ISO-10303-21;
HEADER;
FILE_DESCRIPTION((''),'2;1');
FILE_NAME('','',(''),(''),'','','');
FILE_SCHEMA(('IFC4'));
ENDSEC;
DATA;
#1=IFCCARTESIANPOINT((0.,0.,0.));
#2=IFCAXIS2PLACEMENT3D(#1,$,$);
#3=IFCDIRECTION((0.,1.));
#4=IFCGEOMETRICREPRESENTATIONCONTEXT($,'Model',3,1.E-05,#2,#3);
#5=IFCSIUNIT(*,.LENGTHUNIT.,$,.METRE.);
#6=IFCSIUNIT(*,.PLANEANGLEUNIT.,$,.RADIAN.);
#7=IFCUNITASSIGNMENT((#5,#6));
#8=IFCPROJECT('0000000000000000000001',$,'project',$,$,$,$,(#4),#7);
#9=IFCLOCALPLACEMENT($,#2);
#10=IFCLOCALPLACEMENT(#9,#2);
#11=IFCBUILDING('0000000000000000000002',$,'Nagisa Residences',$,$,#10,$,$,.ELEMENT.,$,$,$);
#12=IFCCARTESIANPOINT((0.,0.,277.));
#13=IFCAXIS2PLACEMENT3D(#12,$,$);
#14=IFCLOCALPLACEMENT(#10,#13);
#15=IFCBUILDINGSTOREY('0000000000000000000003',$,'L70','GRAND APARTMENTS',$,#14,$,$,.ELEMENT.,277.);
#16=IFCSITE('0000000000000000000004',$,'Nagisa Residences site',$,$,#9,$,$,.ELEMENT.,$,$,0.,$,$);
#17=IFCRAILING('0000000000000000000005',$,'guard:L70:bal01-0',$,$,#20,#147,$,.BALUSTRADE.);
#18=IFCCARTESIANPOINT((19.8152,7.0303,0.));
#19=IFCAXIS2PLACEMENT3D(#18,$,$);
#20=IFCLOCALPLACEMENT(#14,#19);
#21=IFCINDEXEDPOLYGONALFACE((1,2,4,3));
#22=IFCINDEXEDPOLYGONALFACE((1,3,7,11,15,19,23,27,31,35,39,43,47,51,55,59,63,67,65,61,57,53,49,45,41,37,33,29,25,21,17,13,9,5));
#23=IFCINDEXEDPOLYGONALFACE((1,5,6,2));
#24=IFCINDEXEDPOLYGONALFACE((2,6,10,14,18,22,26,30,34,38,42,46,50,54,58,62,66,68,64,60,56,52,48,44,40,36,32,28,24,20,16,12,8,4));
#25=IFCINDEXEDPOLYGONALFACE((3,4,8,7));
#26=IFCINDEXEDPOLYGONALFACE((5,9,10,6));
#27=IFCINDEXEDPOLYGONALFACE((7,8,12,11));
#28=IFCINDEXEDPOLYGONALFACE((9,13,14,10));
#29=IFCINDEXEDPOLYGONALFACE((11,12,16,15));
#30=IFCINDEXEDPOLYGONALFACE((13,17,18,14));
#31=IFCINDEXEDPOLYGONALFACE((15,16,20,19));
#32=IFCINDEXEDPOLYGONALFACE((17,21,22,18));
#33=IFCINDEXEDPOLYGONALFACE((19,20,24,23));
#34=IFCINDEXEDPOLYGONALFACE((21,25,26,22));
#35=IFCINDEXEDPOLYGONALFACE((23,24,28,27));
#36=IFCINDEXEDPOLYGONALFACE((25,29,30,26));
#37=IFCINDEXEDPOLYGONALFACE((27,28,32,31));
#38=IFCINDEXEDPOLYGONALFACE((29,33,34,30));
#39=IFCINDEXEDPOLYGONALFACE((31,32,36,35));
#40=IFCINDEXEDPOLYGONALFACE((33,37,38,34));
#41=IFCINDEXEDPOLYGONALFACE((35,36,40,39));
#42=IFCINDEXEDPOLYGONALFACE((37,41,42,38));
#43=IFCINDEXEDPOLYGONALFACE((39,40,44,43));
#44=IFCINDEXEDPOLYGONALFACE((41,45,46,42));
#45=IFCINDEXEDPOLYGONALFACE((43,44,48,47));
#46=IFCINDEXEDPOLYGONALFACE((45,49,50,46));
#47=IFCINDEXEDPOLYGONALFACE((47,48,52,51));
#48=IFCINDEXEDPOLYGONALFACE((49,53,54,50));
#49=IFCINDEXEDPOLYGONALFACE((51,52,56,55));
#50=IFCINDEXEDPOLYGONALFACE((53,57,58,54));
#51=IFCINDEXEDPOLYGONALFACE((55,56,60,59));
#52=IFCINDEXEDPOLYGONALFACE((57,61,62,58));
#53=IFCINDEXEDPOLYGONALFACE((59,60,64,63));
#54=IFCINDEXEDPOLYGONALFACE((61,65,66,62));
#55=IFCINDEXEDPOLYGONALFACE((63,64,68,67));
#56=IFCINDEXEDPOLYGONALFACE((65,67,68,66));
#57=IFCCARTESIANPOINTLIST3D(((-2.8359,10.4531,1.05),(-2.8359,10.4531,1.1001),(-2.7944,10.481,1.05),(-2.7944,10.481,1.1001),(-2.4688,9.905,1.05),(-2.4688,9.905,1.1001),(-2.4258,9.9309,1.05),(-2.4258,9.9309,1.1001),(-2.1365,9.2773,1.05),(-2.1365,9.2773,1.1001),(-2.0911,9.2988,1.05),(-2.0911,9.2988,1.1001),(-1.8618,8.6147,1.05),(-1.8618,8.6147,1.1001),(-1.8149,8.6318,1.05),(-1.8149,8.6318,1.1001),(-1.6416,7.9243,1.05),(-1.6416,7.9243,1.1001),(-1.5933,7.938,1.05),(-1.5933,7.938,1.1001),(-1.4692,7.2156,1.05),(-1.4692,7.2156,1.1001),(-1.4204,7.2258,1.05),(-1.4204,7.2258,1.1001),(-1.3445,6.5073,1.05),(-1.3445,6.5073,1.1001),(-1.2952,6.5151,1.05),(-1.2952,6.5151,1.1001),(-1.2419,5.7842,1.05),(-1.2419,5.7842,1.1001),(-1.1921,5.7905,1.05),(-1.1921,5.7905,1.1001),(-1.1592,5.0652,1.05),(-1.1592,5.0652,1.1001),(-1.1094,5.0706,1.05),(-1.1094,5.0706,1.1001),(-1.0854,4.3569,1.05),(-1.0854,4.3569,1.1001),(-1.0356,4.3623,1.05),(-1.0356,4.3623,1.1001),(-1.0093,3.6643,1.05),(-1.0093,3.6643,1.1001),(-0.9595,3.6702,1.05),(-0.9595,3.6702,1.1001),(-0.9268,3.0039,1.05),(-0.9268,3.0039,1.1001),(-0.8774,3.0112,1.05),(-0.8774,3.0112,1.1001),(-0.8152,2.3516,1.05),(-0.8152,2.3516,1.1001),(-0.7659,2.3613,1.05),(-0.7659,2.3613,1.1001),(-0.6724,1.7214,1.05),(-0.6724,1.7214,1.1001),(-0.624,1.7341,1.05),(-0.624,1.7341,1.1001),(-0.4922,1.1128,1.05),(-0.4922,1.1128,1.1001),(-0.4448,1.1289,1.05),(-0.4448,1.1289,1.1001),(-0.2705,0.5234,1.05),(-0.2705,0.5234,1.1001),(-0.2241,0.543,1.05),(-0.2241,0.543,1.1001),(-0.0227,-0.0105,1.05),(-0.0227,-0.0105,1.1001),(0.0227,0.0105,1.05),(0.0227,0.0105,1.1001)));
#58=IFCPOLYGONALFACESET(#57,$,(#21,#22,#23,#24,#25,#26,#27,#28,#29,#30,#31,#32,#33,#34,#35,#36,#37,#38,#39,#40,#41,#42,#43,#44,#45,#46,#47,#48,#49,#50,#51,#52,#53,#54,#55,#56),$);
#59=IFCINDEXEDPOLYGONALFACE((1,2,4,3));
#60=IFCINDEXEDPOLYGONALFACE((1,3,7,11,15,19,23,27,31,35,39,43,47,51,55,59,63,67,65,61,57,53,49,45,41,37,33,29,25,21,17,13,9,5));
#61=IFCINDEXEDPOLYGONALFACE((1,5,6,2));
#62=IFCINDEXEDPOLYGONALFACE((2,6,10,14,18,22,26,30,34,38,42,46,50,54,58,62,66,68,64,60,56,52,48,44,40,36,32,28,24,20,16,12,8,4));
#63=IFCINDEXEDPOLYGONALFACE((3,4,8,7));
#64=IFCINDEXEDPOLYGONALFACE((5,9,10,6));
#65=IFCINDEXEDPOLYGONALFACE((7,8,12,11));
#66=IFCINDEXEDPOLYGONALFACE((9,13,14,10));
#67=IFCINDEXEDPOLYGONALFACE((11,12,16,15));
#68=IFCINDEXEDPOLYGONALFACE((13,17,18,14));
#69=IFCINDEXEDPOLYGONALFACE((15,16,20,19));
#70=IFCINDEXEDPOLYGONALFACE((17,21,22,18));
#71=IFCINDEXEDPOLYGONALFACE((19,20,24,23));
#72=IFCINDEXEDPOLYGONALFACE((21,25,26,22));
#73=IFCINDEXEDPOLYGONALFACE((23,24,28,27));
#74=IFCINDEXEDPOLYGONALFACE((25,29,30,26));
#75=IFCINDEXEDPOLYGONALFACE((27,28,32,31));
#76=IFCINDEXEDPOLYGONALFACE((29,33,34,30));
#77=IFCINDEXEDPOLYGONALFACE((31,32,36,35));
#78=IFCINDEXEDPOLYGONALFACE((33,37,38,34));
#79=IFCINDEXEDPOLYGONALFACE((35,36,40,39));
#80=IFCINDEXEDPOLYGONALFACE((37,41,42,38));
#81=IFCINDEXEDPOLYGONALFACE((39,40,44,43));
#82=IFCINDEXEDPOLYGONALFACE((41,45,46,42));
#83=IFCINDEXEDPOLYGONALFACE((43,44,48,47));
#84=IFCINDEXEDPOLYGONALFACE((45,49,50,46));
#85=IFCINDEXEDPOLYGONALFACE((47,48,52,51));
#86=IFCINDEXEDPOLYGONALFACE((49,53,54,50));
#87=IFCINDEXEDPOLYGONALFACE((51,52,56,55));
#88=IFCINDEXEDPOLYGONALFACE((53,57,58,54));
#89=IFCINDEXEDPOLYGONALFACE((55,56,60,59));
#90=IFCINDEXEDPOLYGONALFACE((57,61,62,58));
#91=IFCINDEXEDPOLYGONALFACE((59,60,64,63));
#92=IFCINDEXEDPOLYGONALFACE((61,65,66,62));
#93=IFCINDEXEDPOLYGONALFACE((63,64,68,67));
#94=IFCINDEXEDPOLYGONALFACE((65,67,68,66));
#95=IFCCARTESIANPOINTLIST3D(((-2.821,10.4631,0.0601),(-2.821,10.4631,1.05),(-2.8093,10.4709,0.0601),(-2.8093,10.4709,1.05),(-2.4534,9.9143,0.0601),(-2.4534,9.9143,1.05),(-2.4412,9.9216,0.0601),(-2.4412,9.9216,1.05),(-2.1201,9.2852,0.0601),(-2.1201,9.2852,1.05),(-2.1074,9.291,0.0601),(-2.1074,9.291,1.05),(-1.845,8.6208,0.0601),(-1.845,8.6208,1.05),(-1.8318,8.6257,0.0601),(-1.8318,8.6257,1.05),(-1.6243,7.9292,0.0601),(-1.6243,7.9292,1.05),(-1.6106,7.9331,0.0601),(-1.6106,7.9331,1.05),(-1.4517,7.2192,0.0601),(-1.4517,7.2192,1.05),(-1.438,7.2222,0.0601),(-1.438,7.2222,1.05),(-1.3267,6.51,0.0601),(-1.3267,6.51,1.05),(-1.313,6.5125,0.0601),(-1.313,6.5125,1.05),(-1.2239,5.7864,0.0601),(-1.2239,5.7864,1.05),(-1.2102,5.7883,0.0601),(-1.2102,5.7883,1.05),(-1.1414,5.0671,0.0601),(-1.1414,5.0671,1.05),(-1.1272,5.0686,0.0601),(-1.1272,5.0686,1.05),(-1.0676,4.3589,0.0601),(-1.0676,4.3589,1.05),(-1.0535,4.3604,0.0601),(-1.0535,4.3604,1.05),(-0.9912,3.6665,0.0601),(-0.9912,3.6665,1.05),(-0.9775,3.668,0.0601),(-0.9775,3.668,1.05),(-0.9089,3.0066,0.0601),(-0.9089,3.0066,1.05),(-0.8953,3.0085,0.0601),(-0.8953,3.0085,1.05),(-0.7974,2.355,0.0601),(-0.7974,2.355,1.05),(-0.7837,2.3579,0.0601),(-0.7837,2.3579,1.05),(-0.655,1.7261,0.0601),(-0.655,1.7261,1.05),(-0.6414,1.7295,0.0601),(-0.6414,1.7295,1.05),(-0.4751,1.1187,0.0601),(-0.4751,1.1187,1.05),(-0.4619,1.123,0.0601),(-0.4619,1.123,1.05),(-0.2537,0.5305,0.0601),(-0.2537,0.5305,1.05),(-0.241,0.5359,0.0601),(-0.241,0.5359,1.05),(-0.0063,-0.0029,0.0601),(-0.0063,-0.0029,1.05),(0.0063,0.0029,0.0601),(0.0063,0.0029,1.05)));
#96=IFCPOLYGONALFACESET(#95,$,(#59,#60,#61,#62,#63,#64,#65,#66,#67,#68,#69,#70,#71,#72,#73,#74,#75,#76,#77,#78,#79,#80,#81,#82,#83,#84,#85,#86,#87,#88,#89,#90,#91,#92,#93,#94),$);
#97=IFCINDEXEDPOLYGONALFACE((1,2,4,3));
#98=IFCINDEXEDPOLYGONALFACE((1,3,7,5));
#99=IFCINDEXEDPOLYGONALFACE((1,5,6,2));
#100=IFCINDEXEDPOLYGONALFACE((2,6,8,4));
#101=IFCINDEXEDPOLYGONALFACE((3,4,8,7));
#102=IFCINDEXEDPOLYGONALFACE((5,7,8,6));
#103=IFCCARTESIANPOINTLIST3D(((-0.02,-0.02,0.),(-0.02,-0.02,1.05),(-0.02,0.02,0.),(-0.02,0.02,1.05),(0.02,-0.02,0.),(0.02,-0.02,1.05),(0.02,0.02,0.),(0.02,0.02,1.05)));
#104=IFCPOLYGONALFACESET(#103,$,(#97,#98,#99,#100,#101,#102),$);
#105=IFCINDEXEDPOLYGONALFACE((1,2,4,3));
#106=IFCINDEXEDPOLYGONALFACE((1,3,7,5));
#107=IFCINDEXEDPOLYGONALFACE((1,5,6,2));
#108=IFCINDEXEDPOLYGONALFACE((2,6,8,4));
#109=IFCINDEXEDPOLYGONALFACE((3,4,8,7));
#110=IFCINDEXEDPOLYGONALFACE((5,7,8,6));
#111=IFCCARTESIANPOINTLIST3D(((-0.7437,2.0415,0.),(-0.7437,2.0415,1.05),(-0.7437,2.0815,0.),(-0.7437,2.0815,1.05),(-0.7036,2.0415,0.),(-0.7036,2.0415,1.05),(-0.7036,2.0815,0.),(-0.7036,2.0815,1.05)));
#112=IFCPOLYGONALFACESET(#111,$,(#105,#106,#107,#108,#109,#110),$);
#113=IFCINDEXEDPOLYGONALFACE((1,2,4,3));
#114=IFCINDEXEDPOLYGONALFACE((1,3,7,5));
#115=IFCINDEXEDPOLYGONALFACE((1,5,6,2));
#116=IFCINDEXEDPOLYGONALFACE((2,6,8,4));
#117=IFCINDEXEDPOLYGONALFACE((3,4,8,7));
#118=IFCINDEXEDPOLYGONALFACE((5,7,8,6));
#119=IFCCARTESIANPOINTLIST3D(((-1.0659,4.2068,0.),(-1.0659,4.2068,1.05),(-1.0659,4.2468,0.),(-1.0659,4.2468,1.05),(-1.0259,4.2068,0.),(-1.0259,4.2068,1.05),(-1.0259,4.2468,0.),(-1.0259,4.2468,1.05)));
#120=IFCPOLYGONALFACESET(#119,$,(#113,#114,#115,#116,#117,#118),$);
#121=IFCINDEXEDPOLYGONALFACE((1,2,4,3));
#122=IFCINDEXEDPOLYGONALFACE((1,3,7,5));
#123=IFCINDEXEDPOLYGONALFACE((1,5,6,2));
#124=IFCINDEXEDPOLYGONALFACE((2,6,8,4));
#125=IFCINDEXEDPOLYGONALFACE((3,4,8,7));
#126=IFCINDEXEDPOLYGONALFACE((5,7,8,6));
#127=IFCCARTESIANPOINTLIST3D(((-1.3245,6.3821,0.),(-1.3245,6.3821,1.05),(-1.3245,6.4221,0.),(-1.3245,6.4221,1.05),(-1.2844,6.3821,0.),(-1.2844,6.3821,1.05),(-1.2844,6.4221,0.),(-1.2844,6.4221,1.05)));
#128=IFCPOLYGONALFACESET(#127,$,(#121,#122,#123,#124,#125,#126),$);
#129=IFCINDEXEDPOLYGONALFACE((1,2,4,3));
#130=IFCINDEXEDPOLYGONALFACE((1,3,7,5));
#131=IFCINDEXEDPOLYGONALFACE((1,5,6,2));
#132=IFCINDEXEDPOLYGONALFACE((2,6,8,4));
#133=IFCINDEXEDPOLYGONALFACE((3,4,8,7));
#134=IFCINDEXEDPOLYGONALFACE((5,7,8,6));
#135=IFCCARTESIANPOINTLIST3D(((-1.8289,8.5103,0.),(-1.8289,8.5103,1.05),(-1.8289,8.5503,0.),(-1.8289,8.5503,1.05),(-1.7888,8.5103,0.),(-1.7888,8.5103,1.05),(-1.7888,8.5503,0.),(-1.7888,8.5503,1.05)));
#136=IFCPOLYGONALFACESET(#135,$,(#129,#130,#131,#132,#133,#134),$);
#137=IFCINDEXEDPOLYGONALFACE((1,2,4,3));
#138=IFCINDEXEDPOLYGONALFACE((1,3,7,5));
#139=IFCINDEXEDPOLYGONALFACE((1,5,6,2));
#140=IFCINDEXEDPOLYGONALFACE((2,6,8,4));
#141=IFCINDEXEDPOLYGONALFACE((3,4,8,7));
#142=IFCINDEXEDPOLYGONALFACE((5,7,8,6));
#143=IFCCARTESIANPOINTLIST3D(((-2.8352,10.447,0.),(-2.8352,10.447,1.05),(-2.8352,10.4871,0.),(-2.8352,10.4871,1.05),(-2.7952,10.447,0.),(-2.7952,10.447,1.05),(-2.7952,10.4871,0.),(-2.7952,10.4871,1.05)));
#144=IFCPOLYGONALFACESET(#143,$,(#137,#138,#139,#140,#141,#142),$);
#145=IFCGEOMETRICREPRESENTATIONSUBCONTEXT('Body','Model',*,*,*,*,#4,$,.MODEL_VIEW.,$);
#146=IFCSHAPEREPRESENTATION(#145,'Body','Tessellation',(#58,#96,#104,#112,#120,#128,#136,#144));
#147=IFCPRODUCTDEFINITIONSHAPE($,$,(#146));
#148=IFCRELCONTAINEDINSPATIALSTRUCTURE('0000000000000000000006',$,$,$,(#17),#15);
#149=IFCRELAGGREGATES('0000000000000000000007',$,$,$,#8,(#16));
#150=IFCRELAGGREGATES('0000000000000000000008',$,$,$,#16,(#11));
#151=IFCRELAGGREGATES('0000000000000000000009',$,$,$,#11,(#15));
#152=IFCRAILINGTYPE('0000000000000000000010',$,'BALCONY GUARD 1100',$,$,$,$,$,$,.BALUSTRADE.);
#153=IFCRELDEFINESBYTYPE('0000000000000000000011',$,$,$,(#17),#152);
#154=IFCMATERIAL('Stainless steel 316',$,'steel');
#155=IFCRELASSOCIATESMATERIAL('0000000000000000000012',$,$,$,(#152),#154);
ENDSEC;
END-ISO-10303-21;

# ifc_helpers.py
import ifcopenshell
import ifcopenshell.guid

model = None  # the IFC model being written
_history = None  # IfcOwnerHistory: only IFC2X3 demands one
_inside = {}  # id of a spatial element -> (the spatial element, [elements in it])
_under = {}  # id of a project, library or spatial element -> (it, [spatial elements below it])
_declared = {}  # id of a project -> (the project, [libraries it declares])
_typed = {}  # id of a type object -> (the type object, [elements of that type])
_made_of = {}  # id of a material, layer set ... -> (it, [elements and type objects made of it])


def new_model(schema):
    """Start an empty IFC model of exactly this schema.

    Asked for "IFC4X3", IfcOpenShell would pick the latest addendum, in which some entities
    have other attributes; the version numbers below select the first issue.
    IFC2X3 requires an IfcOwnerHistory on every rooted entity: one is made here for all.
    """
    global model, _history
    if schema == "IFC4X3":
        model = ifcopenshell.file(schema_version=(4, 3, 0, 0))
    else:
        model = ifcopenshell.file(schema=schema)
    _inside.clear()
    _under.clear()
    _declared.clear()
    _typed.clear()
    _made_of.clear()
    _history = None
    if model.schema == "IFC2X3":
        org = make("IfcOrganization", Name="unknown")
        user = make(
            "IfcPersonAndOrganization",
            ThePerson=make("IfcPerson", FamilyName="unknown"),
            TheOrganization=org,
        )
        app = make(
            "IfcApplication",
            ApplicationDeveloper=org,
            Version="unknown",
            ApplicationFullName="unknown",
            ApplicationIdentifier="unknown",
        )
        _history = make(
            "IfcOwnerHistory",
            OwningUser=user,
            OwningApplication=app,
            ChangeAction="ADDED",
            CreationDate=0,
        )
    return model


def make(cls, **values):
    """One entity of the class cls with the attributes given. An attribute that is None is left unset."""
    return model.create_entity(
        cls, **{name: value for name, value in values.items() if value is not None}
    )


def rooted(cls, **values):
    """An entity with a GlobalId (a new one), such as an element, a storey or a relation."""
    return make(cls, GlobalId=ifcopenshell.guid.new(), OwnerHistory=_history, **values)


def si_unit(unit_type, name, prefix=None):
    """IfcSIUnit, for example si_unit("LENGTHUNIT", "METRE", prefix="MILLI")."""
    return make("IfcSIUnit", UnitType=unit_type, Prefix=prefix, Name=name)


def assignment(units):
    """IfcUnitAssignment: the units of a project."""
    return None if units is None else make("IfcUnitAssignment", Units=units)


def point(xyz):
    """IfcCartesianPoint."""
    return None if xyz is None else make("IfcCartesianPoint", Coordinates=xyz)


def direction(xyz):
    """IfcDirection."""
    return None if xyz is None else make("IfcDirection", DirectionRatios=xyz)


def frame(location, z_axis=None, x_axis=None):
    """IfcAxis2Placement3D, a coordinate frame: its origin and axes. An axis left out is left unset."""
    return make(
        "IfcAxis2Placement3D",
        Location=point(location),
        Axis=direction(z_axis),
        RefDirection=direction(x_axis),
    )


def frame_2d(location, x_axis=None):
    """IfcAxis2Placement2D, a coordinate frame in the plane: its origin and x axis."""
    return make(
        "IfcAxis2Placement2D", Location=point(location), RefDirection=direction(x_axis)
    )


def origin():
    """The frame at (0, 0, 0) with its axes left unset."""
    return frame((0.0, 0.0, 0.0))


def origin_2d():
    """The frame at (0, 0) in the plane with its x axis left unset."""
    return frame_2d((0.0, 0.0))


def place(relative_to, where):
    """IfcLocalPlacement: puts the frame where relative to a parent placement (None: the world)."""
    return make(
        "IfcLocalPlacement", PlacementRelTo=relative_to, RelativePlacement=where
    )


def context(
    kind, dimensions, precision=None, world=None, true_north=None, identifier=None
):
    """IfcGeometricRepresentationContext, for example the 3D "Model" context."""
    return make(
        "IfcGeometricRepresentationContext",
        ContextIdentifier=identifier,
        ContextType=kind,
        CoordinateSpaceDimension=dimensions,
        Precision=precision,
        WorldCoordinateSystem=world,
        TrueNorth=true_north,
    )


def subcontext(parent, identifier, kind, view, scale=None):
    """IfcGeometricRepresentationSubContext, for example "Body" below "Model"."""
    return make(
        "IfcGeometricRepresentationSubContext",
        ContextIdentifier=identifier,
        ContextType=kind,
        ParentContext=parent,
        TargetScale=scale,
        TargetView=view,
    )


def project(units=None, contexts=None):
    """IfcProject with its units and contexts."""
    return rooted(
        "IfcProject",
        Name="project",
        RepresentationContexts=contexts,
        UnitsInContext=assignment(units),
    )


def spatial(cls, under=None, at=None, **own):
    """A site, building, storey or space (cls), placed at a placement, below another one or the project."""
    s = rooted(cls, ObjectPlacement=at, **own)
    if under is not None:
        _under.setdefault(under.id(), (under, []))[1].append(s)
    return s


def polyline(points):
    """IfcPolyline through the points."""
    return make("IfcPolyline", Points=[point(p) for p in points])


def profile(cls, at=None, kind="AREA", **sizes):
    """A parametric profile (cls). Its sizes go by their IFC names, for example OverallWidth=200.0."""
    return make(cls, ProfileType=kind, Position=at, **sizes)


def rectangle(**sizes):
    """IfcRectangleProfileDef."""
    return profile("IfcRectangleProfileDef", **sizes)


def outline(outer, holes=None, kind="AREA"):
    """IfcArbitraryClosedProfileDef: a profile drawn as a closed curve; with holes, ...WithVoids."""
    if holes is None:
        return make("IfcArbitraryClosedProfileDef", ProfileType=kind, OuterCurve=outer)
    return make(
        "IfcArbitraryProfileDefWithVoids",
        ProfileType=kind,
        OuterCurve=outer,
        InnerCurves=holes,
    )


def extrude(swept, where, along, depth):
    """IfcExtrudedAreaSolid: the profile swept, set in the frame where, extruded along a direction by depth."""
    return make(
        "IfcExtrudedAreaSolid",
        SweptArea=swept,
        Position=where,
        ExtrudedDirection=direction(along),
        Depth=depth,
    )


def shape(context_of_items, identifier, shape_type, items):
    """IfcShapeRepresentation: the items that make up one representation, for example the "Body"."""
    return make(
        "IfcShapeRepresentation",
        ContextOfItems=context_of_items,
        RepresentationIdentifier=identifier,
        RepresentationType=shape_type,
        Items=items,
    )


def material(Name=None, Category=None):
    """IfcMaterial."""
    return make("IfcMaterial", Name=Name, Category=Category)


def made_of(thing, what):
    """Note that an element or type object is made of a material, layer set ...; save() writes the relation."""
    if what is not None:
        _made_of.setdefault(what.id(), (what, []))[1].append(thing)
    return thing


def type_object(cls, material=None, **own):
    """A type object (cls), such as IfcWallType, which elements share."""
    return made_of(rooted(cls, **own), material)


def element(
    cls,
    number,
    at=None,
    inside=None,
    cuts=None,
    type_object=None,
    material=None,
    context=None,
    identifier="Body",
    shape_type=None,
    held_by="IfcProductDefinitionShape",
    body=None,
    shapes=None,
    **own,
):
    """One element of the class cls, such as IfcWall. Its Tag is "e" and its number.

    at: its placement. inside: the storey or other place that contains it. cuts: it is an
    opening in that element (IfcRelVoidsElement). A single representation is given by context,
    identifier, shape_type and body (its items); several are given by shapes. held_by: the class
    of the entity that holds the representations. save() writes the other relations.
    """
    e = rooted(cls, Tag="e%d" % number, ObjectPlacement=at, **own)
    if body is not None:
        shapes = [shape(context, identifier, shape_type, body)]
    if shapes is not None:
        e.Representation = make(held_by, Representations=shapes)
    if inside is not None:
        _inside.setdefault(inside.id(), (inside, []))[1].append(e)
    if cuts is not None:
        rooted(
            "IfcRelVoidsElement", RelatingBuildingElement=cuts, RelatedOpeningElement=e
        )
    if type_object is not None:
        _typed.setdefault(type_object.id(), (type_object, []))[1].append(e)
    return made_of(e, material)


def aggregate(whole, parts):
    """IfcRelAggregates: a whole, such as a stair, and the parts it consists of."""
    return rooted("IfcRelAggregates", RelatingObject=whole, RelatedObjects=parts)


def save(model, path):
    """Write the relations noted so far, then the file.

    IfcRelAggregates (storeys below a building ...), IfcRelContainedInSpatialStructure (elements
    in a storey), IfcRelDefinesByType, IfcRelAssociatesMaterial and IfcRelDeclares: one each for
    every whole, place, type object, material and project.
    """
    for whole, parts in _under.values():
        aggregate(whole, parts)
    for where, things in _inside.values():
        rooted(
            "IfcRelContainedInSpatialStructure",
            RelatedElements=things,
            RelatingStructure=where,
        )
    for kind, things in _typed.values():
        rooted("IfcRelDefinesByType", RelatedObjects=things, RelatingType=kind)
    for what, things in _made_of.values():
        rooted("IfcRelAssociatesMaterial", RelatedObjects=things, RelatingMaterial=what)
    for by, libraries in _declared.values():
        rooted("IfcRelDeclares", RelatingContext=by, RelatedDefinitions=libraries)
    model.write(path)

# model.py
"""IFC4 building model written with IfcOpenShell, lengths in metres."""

from ifc_helpers import new_model, si_unit, direction, frame, origin, origin_2d, place, context, subcontext, project, spatial, polyline, rectangle, outline, extrude, material, type_object, element, save


model = new_model("IFC4")

# Units and contexts
model_context = context("Model", 3, precision=1e-05, world=origin(), true_north=direction((0.0, 1.0)))
body_context = subcontext(model_context, "Body", "Model", "MODEL_VIEW")
ifc_project = project(units=[si_unit("LENGTHUNIT", "METRE"), si_unit("PLANEANGLEUNIT", "RADIAN")], contexts=[model_context])

# Site, building, storey
site_placement = place(None, origin())
site = spatial("IfcSite", under=ifc_project, at=site_placement, Name="Nagisa Residences site", CompositionType="ELEMENT", RefElevation=0.0)
building_placement = place(site_placement, origin())
building = spatial("IfcBuilding", under=site, at=building_placement, Name="Nagisa Residences", CompositionType="ELEMENT")
storey_placement = place(building_placement, frame((0.0, 0.0, 277.0)))
storey = spatial("IfcBuildingStorey", under=building, at=storey_placement, Name="L70", Description="GRAND APARTMENTS", CompositionType="ELEMENT", Elevation=277.0)

# Railing
ifc_material_1 = material(Name="Stainless steel 316", Category="steel")
railing_type_1 = type_object("IfcRailingType", Name="BALCONY GUARD 1100", PredefinedType="BALUSTRADE", material=ifc_material_1)
railing_1_placement = place(storey_placement, frame((19.8152, 7.0303, 0.0)))
element("IfcRailing", 1, at=railing_1_placement, inside=storey, type_object=railing_type_1, Name="guard:L70:bal01-0", PredefinedType="BALUSTRADE", context=body_context, shape_type="SweptSolid", body=[
    extrude(outline(polyline([(-0.2705, 0.5234), (-0.0227, -0.0105), (0.0227, 0.0105), (-0.2241, 0.543), (-0.4448, 1.1289), (-0.624, 1.7341), (-0.7659, 2.3613), (-0.8774, 3.0112), (-0.9595, 3.6702), (-1.0356, 4.3623), (-1.1094, 5.0706), (-1.1921, 5.7905), (-1.2952, 6.5151), (-1.4204, 7.2258), (-1.5933, 7.938), (-1.8149, 8.6318), (-2.0911, 9.2988), (-2.4258, 9.9309), (-2.7944, 10.481), (-2.8359, 10.4531), (-2.4688, 9.905), (-2.1365, 9.2773), (-1.8618, 8.6147), (-1.6416, 7.9243), (-1.4692, 7.2156), (-1.3445, 6.5073), (-1.2419, 5.7842), (-1.1592, 5.0652), (-1.0854, 4.3569), (-1.0093, 3.6643), (-0.9268, 3.0039), (-0.8152, 2.3516), (-0.6724, 1.7214), (-0.4922, 1.1128), (-0.2705, 0.5234)])), frame((0.0, 0.0, 1.05)), (0.0, 0.0, 1.0), 0.05),
    extrude(outline(polyline([(-0.2537, 0.5305), (-0.0063, -0.0029), (0.0063, 0.0029), (-0.241, 0.5359), (-0.4619, 1.123), (-0.6414, 1.7295), (-0.7837, 2.3579), (-0.8953, 3.0085), (-0.9775, 3.668), (-1.0535, 4.3604), (-1.1272, 5.0686), (-1.2102, 5.7883), (-1.313, 6.5125), (-1.438, 7.2222), (-1.6106, 7.9331), (-1.8318, 8.6257), (-2.1074, 9.291), (-2.4412, 9.9216), (-2.8093, 10.4709), (-2.821, 10.4631), (-2.4534, 9.9143), (-2.1201, 9.2852), (-1.845, 8.6208), (-1.6243, 7.9292), (-1.4517, 7.2192), (-1.3267, 6.51), (-1.2239, 5.7864), (-1.1414, 5.0671), (-1.0676, 4.3589), (-0.9912, 3.6665), (-0.9089, 3.0066), (-0.7974, 2.355), (-0.655, 1.7261), (-0.4751, 1.1187), (-0.2537, 0.5305)])), frame((0.0, 0.0, 0.0601)), (0.0, 0.0, 1.0), 0.99),
    extrude(rectangle(XDim=0.04, YDim=0.04, at=origin_2d()), origin(), (0.0, 0.0, 1.0), 1.05),
    extrude(rectangle(XDim=0.04, YDim=0.04, at=origin_2d()), frame((-0.7236, 2.0615, 0.0)), (0.0, 0.0, 1.0), 1.05),
    extrude(rectangle(XDim=0.04, YDim=0.04, at=origin_2d()), frame((-1.0459, 4.2268, 0.0)), (0.0, 0.0, 1.0), 1.05),
    extrude(rectangle(XDim=0.04, YDim=0.04, at=origin_2d()), frame((-1.3044, 6.4021, 0.0)), (0.0, 0.0, 1.0), 1.05),
    extrude(rectangle(XDim=0.04, YDim=0.04, at=origin_2d()), frame((-1.8088, 8.5303, 0.0)), (0.0, 0.0, 1.0), 1.05),
    extrude(rectangle(XDim=0.04, YDim=0.04, at=origin_2d()), frame((-2.8152, 10.467, 0.0)), (0.0, 0.0, 1.0), 1.05),
])

save(model, "model.ifc")
